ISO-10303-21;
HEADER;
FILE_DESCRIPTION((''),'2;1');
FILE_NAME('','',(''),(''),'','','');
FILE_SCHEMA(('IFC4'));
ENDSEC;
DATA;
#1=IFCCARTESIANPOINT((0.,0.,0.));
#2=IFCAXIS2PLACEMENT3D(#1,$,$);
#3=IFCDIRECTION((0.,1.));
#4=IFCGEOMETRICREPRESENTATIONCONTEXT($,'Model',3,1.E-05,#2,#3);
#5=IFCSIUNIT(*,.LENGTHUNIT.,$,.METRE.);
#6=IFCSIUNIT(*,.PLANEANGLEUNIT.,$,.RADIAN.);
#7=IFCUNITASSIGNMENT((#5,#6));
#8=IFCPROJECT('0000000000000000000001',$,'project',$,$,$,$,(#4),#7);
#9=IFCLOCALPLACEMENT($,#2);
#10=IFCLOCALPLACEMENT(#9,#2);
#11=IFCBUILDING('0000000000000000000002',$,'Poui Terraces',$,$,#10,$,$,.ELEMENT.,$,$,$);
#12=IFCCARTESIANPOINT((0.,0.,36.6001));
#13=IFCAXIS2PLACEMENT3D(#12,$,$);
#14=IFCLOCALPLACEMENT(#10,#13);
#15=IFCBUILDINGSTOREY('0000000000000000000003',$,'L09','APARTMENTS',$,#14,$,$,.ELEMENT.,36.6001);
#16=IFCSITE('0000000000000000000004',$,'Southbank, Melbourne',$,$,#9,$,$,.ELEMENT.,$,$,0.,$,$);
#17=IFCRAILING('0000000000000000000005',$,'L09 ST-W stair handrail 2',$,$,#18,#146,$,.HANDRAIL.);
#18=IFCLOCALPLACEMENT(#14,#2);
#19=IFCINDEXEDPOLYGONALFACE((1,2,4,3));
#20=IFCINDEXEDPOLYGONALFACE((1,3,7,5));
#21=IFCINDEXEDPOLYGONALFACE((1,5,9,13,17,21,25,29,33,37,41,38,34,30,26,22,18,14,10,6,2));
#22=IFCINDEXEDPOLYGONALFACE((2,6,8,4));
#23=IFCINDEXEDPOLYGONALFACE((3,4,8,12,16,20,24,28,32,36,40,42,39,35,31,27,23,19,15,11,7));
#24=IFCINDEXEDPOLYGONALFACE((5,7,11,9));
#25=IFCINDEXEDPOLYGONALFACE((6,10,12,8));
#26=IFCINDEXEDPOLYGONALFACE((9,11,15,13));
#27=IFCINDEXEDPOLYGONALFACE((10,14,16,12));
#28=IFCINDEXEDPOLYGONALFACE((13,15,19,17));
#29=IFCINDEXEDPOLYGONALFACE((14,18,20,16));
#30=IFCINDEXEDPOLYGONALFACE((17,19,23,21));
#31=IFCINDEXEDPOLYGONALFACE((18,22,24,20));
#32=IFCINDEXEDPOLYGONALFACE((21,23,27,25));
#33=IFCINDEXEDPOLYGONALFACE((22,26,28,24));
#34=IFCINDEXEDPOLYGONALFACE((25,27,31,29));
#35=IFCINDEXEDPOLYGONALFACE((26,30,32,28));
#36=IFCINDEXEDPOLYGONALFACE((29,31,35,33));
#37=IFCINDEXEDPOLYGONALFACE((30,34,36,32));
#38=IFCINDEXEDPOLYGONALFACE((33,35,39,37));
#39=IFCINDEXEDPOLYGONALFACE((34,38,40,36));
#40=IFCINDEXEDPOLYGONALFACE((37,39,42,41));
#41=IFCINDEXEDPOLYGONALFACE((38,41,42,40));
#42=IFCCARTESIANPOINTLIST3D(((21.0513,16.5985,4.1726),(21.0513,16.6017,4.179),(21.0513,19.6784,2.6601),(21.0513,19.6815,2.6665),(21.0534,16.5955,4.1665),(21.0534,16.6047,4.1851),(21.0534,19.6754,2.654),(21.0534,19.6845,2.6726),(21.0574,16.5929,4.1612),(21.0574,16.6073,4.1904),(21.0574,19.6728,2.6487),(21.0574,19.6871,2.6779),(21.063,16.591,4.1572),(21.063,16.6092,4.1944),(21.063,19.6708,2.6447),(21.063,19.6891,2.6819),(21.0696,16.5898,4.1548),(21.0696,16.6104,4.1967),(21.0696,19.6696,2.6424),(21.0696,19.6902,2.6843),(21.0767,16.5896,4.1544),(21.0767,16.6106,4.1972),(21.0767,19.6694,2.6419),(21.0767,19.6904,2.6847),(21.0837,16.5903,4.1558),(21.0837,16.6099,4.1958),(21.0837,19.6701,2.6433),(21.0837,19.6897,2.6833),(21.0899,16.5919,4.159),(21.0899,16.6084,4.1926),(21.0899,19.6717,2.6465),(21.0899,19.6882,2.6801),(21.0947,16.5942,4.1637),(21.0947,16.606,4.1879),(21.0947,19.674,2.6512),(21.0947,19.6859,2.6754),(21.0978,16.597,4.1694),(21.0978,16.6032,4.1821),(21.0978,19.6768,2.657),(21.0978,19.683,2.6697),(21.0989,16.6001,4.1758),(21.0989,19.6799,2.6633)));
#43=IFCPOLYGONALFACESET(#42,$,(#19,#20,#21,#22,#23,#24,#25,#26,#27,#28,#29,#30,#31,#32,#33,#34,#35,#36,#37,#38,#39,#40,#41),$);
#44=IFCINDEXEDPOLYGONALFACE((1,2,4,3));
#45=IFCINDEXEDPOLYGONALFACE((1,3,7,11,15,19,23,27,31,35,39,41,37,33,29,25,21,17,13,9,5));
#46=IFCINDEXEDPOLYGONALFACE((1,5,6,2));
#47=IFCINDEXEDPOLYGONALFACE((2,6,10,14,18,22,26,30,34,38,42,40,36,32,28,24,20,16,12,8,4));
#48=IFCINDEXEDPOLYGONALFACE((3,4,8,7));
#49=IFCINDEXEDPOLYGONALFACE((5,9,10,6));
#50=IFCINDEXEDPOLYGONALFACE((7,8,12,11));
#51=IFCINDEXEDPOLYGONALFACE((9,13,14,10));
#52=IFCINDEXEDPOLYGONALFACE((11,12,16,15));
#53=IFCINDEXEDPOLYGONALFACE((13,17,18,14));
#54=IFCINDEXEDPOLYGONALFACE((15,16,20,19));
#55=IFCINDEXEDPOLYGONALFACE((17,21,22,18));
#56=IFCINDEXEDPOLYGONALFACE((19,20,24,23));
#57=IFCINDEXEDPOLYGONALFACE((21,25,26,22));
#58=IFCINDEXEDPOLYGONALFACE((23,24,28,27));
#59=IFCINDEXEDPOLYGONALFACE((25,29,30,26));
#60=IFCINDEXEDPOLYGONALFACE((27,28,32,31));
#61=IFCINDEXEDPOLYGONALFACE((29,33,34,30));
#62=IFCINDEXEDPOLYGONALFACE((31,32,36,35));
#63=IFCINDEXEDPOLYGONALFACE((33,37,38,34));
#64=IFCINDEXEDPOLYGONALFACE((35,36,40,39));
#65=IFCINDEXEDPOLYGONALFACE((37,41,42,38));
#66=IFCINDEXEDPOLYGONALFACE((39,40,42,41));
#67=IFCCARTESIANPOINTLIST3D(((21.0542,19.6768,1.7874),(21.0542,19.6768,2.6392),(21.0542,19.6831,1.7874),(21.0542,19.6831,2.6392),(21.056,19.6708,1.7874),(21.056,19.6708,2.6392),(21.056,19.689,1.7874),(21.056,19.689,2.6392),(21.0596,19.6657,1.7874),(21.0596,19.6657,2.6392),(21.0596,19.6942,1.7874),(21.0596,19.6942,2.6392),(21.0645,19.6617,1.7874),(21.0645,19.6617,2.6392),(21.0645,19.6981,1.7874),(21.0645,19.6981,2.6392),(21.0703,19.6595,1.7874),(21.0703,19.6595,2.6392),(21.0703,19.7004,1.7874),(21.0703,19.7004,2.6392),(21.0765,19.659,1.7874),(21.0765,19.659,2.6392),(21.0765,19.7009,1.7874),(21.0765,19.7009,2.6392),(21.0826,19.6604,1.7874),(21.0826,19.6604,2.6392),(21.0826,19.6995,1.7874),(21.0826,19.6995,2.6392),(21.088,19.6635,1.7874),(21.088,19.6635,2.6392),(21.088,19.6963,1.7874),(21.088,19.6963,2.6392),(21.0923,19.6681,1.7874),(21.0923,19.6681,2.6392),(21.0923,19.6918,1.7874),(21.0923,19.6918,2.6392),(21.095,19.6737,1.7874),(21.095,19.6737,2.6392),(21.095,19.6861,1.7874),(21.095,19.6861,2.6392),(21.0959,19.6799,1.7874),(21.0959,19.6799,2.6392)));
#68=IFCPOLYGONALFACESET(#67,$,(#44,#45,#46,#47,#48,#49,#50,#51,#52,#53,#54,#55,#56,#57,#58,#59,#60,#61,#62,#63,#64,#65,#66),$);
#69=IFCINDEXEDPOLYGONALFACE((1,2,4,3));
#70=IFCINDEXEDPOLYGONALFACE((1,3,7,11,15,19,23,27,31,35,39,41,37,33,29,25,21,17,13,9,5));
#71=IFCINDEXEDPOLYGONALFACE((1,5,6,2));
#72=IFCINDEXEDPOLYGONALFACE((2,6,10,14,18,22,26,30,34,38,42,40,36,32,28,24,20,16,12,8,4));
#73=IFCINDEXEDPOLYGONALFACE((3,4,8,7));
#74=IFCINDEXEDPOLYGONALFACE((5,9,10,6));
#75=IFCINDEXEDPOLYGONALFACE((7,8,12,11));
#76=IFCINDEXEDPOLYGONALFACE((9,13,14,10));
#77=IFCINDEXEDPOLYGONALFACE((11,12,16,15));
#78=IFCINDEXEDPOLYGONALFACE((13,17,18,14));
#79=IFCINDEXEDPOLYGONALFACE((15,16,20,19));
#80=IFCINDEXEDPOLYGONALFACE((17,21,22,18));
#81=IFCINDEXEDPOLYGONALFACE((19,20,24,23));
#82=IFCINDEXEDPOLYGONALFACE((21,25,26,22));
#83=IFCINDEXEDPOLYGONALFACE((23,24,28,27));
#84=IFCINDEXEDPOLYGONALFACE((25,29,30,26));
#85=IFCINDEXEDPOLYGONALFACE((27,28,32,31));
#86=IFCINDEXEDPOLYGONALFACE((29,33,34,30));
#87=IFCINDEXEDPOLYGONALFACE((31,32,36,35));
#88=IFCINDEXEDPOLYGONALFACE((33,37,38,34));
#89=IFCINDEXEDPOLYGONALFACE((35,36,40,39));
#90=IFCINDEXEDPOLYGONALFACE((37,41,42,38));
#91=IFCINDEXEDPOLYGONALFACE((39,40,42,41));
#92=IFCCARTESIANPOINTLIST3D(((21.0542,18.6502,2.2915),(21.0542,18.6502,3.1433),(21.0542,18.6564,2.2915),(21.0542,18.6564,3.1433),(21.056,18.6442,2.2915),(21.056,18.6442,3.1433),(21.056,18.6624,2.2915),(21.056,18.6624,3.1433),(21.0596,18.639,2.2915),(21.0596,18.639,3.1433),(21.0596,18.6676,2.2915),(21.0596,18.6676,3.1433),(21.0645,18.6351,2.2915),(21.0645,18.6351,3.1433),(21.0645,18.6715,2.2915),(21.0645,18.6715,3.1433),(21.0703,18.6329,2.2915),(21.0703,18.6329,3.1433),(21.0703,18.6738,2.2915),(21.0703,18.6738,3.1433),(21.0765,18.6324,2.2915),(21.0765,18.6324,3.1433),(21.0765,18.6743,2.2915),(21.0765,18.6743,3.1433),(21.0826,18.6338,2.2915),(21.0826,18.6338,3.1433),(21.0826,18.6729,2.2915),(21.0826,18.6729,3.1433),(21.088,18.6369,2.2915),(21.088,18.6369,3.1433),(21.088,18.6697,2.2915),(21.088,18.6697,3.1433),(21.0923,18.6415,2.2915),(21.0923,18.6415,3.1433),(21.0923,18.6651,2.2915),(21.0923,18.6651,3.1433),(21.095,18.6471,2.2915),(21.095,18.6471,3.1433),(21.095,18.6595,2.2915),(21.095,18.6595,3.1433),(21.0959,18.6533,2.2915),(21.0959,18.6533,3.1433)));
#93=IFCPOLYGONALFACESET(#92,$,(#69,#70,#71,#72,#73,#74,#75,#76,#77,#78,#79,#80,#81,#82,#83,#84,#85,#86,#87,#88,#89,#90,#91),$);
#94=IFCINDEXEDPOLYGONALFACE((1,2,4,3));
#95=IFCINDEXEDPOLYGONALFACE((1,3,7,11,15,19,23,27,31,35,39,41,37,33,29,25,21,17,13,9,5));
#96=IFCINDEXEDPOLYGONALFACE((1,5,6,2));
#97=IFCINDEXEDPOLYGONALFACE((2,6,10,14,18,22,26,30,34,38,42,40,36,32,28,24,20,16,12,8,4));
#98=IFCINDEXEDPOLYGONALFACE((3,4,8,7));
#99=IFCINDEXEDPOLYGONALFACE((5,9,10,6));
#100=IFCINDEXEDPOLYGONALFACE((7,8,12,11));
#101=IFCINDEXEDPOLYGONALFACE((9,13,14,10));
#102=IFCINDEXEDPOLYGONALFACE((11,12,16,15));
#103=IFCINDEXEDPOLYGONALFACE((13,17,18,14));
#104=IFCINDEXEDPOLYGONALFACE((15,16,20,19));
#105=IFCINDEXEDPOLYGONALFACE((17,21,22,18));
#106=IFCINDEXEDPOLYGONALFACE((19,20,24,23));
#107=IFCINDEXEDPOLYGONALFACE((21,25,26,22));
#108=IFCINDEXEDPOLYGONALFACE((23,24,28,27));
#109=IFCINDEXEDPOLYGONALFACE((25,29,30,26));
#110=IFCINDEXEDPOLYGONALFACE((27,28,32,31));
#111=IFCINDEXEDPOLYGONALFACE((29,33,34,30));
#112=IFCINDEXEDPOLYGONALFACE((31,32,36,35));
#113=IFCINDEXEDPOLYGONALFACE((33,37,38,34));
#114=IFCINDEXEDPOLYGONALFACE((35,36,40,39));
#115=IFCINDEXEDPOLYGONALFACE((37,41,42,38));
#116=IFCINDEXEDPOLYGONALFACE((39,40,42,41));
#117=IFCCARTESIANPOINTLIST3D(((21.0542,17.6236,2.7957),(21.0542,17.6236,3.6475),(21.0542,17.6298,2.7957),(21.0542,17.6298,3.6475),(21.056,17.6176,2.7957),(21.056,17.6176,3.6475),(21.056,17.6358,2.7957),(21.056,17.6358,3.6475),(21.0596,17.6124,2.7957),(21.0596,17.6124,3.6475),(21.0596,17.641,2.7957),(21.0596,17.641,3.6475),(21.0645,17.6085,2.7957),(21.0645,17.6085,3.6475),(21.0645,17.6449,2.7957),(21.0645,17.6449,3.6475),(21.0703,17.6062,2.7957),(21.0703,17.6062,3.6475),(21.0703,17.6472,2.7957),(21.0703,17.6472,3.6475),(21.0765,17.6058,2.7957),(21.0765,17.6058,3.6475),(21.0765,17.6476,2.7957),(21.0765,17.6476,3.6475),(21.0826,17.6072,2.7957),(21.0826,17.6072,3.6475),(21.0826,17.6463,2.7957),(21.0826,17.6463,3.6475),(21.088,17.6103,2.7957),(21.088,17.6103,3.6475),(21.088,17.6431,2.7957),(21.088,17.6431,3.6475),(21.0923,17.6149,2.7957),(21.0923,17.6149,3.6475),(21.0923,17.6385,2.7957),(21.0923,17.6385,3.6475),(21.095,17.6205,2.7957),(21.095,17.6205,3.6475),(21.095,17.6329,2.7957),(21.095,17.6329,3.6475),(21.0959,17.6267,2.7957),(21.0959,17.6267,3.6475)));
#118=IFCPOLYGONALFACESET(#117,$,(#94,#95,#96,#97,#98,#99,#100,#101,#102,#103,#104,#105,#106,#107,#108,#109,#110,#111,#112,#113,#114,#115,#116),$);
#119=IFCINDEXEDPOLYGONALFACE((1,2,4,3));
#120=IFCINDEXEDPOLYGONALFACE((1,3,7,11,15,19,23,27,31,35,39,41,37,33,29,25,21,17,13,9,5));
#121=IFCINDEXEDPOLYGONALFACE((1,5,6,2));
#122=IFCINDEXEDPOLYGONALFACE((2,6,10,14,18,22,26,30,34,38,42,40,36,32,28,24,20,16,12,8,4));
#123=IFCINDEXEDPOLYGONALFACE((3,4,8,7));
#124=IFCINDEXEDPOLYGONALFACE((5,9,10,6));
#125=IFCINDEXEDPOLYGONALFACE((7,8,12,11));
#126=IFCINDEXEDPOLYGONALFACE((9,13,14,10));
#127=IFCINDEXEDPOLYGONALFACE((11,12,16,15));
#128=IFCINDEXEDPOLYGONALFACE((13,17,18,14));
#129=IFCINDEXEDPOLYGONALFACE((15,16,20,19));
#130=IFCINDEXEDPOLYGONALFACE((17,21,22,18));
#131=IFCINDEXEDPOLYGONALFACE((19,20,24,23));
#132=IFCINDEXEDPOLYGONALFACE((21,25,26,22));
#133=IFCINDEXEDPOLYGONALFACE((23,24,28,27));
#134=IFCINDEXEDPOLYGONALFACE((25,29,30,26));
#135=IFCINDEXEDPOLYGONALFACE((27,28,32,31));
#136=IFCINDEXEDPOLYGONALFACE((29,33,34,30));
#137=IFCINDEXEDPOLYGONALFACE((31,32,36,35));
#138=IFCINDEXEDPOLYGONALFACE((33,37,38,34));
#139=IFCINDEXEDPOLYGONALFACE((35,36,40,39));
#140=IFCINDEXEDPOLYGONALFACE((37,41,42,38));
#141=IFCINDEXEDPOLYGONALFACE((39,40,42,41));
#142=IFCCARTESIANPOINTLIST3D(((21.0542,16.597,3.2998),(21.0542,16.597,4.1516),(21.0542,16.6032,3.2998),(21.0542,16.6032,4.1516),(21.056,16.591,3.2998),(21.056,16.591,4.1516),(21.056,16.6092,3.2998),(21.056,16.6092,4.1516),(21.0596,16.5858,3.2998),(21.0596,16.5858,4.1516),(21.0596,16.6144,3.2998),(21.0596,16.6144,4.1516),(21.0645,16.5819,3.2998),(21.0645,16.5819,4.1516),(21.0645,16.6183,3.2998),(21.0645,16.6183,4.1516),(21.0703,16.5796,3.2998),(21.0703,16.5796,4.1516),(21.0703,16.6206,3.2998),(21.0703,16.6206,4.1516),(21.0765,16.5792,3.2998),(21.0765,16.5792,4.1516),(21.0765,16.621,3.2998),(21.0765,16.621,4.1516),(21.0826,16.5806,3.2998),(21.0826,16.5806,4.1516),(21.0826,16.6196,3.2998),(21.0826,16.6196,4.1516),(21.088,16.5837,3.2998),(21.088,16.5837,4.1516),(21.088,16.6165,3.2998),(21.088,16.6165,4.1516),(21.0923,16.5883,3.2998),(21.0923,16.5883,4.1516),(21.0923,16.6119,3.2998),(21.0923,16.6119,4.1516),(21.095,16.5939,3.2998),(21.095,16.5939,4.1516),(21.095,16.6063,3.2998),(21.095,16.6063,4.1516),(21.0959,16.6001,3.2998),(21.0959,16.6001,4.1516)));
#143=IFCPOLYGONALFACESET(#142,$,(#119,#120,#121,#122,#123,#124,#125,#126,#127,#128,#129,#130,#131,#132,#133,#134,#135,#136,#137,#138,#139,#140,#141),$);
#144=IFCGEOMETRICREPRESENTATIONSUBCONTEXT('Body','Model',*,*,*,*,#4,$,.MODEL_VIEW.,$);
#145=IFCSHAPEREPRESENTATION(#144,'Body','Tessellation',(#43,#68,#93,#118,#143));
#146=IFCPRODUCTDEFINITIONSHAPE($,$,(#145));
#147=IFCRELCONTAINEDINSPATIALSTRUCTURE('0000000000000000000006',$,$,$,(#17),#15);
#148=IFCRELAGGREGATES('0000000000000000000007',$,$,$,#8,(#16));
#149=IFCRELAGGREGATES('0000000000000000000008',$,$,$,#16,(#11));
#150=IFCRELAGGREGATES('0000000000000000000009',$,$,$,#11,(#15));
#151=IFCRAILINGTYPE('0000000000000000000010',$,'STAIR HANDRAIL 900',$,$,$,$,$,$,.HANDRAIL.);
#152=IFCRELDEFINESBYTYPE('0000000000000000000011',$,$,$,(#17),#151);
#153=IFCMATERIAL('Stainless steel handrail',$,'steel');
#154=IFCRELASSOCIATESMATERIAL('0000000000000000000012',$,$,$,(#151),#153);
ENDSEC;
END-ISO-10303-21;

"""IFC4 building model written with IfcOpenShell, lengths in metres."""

from ifc_helpers import new_model, si_unit, direction, frame, origin, origin_2d, place, context, subcontext, project, spatial, circle, extrude, material, type_object, element, save


model = new_model("IFC4")

# Units and contexts
model_context = context("Model", 3, precision=1e-05, world=origin(), true_north=direction((0.0, 1.0)))
body_context = subcontext(model_context, "Body", "Model", "MODEL_VIEW")
ifc_project = project(units=[si_unit("LENGTHUNIT", "METRE"), si_unit("PLANEANGLEUNIT", "RADIAN")], contexts=[model_context])

# Site, building, storey
site_placement = place(None, origin())
site = spatial("IfcSite", under=ifc_project, at=site_placement, Name="Southbank, Melbourne", CompositionType="ELEMENT", RefElevation=0.0)
building_placement = place(site_placement, origin())
building = spatial("IfcBuilding", under=site, at=building_placement, Name="Poui Terraces", CompositionType="ELEMENT")
storey_placement = place(building_placement, frame((0.0, 0.0, 36.6001)))
storey = spatial("IfcBuildingStorey", under=building, at=storey_placement, Name="L09", Description="APARTMENTS", CompositionType="ELEMENT", Elevation=36.6001)

# Railing
ifc_material_1 = material(Name="Stainless steel handrail", Category="steel")
railing_type_1 = type_object("IfcRailingType", Name="STAIR HANDRAIL 900", PredefinedType="HANDRAIL", material=ifc_material_1)
railing_1_placement = place(storey_placement, frame((21.075, 19.6799, 1.7874)))
element("IfcRailing", 1, at=railing_1_placement, inside=storey, type_object=railing_type_1, Name="L09 ST-W stair handrail 2", PredefinedType="HANDRAIL", context=body_context, shape_type="SweptSolid", body=[
    extrude(circle(Radius=0.0239, at=origin_2d()), frame((0.0, 0.0, 0.876), z_axis=(0.0, -0.897606, 0.440798), x_axis=(1.0, 0.0, 0.0)), (0.0, 0.0, 1.0), 3.4312),
    extrude(circle(Radius=0.021, at=origin_2d()), origin(), (0.0, 0.0, 1.0), 0.8518),
    extrude(circle(Radius=0.021, at=origin_2d()), frame((0.0, -1.0266, 0.5042)), (0.0, 0.0, 1.0), 0.8518),
    extrude(circle(Radius=0.021, at=origin_2d()), frame((0.0, -2.0532, 1.0083)), (0.0, 0.0, 1.0), 0.8518),
    extrude(circle(Radius=0.021, at=origin_2d()), frame((0.0, -3.0798, 1.5125)), (0.0, 0.0, 1.0), 0.8518),
])

save(model, "model.ifc")
